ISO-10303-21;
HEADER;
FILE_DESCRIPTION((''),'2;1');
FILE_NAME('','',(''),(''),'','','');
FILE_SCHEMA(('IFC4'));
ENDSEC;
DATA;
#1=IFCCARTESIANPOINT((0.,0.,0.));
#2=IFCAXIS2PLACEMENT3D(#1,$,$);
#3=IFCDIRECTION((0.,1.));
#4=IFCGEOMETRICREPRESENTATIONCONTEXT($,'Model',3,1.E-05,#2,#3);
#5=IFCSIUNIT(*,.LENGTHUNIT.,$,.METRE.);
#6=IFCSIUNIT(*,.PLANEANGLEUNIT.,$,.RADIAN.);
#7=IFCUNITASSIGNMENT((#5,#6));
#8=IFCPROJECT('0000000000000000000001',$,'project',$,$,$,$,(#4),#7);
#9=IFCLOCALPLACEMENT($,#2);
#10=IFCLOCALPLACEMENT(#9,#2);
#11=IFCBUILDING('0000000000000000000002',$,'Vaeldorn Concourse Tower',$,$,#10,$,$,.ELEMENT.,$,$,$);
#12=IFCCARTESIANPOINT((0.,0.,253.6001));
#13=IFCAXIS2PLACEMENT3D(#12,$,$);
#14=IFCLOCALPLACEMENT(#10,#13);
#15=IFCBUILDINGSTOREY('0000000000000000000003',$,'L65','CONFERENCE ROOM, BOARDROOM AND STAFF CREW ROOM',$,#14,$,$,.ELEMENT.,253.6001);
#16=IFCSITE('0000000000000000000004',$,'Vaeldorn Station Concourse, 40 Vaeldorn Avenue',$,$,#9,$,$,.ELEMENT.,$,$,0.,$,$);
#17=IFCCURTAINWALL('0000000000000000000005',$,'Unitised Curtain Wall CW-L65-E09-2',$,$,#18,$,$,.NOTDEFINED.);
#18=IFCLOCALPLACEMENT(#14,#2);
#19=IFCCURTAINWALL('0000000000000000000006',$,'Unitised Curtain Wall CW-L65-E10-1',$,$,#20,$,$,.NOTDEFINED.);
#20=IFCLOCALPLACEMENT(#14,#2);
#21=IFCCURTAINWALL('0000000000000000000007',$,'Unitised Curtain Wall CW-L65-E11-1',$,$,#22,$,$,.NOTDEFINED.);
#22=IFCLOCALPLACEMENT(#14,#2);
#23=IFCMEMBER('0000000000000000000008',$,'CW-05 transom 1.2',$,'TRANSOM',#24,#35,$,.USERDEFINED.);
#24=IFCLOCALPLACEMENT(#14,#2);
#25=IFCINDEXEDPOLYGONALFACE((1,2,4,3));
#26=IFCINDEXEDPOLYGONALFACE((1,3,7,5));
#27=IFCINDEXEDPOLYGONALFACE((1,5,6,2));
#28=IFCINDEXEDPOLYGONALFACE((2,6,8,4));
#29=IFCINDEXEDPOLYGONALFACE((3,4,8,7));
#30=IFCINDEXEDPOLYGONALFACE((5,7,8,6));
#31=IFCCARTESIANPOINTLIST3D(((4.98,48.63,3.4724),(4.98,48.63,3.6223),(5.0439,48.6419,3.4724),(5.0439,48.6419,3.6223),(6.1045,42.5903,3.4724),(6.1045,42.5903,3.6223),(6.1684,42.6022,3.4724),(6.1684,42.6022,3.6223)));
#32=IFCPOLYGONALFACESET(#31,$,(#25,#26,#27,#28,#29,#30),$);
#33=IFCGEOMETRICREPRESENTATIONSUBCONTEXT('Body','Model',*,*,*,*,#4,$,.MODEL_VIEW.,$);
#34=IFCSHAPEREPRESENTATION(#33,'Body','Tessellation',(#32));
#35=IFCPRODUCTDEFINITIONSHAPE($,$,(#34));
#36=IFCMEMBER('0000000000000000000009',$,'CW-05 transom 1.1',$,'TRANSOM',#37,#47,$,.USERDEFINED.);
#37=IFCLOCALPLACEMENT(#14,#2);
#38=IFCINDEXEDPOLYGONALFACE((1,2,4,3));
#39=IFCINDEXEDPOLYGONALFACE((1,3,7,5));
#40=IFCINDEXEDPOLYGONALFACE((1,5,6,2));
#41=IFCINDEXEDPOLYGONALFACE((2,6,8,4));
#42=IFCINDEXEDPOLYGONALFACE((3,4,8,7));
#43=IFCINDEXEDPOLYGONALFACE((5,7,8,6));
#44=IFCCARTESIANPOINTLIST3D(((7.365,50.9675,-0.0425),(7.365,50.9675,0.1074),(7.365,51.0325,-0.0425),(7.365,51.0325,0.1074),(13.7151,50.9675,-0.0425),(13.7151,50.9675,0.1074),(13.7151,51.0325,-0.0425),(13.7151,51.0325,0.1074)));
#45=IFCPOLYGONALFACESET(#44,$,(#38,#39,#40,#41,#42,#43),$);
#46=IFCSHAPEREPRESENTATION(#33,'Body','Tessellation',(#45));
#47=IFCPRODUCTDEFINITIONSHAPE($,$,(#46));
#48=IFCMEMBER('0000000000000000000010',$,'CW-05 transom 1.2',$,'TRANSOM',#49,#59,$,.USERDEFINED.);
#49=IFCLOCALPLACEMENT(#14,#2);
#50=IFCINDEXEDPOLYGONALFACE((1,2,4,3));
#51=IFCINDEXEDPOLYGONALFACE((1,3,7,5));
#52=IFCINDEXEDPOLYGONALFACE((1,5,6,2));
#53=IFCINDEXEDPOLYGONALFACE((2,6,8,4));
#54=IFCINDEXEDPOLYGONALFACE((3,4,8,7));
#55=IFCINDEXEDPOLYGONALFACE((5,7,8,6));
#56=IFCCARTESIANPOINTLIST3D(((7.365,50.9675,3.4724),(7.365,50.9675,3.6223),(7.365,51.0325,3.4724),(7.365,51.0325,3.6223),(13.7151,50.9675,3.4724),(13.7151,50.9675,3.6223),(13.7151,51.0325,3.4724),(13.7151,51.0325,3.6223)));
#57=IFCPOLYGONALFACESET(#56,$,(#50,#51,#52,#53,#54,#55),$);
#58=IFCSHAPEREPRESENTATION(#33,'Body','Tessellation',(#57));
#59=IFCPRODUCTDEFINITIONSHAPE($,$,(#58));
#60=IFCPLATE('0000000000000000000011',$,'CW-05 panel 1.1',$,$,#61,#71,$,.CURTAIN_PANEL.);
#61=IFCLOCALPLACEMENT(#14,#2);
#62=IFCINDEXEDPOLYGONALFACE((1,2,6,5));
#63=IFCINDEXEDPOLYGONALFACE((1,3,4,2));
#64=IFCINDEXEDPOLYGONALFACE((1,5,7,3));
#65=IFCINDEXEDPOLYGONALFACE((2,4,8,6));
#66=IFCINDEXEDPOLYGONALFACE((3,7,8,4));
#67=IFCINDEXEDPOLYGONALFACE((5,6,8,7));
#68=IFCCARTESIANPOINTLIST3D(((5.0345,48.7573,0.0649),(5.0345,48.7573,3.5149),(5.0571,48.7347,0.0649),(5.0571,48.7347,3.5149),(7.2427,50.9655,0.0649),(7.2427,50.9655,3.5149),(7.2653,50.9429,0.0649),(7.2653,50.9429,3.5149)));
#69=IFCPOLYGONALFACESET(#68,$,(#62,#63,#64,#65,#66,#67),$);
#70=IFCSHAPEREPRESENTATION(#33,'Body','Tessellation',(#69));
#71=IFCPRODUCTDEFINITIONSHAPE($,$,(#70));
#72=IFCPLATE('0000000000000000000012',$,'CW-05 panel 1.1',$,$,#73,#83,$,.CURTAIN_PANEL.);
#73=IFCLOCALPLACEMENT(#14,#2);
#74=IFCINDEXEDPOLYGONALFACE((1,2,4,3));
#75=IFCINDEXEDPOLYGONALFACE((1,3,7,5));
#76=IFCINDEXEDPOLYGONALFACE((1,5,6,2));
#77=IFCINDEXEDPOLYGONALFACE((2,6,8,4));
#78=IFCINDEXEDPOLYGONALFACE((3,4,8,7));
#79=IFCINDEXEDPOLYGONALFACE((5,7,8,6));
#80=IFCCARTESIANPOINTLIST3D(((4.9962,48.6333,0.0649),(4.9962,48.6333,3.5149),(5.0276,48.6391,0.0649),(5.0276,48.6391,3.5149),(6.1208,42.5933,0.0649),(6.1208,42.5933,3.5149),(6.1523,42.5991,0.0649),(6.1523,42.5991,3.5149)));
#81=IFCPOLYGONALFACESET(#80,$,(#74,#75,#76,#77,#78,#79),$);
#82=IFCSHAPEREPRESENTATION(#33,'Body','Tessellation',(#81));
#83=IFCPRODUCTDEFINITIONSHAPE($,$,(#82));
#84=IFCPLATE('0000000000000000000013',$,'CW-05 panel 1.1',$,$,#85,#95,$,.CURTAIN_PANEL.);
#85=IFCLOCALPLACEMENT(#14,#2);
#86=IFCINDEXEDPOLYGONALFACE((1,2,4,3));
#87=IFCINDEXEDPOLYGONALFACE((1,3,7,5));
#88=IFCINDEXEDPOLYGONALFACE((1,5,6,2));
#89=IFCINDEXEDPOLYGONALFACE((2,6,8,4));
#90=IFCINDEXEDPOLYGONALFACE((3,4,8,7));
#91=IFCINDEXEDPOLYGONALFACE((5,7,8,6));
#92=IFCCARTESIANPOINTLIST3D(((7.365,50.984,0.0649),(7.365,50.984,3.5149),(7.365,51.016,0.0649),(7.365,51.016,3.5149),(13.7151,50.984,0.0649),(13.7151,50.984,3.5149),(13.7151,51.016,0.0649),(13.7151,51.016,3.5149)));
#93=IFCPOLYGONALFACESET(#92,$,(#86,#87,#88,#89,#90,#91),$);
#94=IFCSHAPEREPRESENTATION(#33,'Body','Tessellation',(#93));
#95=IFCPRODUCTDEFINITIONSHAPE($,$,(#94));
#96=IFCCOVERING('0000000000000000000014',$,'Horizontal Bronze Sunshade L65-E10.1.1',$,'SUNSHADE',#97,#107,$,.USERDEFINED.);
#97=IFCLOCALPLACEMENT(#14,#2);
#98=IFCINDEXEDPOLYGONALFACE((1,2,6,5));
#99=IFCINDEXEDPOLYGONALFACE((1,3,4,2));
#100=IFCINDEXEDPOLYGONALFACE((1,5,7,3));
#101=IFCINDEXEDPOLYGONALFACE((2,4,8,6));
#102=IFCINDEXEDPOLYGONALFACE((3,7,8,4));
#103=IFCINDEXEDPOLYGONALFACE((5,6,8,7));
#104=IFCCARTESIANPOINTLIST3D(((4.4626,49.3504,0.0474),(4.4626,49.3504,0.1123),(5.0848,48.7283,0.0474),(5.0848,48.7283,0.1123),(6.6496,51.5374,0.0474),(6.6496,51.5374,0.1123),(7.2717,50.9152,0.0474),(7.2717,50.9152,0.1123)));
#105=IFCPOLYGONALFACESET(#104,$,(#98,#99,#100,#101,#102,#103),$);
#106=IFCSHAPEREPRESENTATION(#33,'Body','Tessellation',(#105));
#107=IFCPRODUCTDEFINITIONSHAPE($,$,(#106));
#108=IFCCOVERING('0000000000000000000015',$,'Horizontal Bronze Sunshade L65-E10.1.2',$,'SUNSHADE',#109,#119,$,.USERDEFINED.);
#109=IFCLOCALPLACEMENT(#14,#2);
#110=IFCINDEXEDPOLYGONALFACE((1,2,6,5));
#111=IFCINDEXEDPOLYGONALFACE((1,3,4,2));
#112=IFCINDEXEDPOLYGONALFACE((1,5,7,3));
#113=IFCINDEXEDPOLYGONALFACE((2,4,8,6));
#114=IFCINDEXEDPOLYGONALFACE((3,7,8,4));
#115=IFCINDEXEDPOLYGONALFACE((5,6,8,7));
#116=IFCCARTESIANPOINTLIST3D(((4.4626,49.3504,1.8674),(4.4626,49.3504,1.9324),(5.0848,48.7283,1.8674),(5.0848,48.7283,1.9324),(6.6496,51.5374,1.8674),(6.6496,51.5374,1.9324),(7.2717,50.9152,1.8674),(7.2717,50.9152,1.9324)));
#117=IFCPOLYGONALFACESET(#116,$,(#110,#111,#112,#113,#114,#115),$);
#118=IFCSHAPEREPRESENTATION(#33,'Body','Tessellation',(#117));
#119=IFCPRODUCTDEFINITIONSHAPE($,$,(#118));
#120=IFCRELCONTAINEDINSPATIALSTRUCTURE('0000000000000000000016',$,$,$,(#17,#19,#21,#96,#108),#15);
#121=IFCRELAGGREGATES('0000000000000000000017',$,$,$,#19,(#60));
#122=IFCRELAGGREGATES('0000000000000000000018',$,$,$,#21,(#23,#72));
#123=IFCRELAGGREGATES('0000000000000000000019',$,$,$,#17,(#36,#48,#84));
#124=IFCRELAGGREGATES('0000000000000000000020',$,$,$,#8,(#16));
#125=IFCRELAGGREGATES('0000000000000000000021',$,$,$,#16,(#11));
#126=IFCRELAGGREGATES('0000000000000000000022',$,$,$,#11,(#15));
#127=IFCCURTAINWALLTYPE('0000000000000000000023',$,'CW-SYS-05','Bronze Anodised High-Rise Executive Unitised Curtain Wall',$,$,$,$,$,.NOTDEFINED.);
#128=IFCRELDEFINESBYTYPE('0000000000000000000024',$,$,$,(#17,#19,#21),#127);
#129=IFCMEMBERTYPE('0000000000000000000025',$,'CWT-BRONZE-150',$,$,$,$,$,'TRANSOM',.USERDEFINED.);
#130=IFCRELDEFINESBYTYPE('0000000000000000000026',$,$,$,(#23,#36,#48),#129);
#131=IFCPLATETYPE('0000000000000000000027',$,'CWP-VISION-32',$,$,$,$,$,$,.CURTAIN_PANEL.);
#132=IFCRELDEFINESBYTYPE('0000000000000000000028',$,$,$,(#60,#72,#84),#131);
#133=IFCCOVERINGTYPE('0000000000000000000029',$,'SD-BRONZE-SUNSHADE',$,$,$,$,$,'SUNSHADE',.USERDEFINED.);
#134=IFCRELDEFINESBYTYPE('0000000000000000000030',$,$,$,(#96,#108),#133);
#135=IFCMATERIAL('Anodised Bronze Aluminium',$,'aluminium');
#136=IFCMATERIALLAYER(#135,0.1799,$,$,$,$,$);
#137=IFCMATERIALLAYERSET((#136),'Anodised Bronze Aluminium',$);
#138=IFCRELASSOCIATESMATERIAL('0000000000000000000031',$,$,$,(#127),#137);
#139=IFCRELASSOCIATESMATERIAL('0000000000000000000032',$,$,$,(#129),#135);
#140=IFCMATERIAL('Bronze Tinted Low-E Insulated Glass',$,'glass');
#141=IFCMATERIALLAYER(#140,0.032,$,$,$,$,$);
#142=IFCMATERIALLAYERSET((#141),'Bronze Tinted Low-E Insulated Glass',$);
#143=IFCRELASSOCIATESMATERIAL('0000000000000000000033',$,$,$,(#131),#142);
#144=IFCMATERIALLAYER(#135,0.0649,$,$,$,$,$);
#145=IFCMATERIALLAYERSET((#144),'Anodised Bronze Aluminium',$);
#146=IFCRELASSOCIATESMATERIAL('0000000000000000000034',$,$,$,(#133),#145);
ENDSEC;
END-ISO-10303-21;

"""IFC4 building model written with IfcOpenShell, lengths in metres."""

from ifc_helpers import new_model, si_unit, direction, frame, origin, origin_2d, place, context, subcontext, project, spatial, rectangle, extrude, source, transform, mapped, material, layer, layer_set, material_profile, profile_set, type_object, element, aggregate, save


model = new_model("IFC4")

# Units and contexts
model_context = context("Model", 3, precision=1e-05, world=origin(), true_north=direction((0.0, 1.0)))
body_context = subcontext(model_context, "Body", "Model", "MODEL_VIEW")
ifc_project = project(units=[si_unit("LENGTHUNIT", "METRE"), si_unit("PLANEANGLEUNIT", "RADIAN")], contexts=[model_context])

# Site, building, storey
site_placement = place(None, origin())
site = spatial("IfcSite", under=ifc_project, at=site_placement, Name="Vaeldorn Station Concourse, 40 Vaeldorn Avenue", CompositionType="ELEMENT", RefElevation=0.0)
building_placement = place(site_placement, origin())
building = spatial("IfcBuilding", under=site, at=building_placement, Name="Vaeldorn Concourse Tower", CompositionType="ELEMENT")
storey_placement = place(building_placement, frame((0.0, 0.0, 253.6001)))
storey = spatial("IfcBuildingStorey", under=building, at=storey_placement, Name="L65", Description="CONFERENCE ROOM, BOARDROOM AND STAFF CREW ROOM", CompositionType="ELEMENT", Elevation=253.6001)

# Curtain walls
ifc_material_1 = material(Name="Anodised Bronze Aluminium", Category="aluminium")
ifc_layer_1 = layer(ifc_material_1, 0.1799)
ifc_layer_set_1 = layer_set([ifc_layer_1], Name="Anodised Bronze Aluminium")
curtain_wall_type = type_object("IfcCurtainWallType", Name="CW-SYS-05", Description="Bronze Anodised High-Rise Executive Unitised Curtain Wall", PredefinedType="NOTDEFINED", material=ifc_layer_set_1)
curtain_wall_1_placement = place(storey_placement, origin())
curtain_wall_1 = element("IfcCurtainWall", 1, at=curtain_wall_1_placement, inside=storey, type_object=curtain_wall_type, Name="Unitised Curtain Wall CW-L65-E09-2", PredefinedType="NOTDEFINED")
curtain_wall_2_placement = place(storey_placement, origin())
curtain_wall_2 = element("IfcCurtainWall", 2, at=curtain_wall_2_placement, inside=storey, type_object=curtain_wall_type, Name="Unitised Curtain Wall CW-L65-E10-1", PredefinedType="NOTDEFINED")
curtain_wall_3_placement = place(storey_placement, origin())
curtain_wall_3 = element("IfcCurtainWall", 3, at=curtain_wall_3_placement, inside=storey, type_object=curtain_wall_type, Name="Unitised Curtain Wall CW-L65-E11-1", PredefinedType="NOTDEFINED")

# Members
ifc_material_profile_1 = material_profile(ifc_material_1, rectangle(XDim=0.0649, YDim=0.1499, at=origin_2d()), Name="CWT 65x150")
ifc_profile_set_1 = profile_set([ifc_material_profile_1], Name="Anodised Bronze Aluminium")
member_type_1 = type_object("IfcMemberType", Name="CWT-BRONZE-150", ElementType="TRANSOM", PredefinedType="USERDEFINED", material=ifc_profile_set_1)
shared_shape_1 = source(origin(), body_context, "Body", "SweptSolid", [
    extrude(rectangle(XDim=0.0649, YDim=0.1499, at=origin_2d()), origin(), (0.0, 0.0, 1.0), 6.1436),
])
member_1_placement = place(storey_placement, frame((5.012, 48.636, 3.5474), z_axis=(0.183038, -0.983106, 0.0), x_axis=(0.983106, 0.183038, 0.0)))
member_1 = element("IfcMember", 4, at=member_1_placement, type_object=member_type_1, Name="CW-05 transom 1.2", ObjectType="TRANSOM", PredefinedType="USERDEFINED", context=body_context, shape_type="MappedRepresentation", body=[
    mapped(shared_shape_1, transform((0.0, 0.0, 0.0), scale=1.0)),
])
shared_shape_2 = source(origin(), body_context, "Body", "SweptSolid", [
    extrude(rectangle(XDim=0.0649, YDim=0.1499, at=origin_2d()), origin(), (0.0, 0.0, 1.0), 6.3501),
])
member_2_placement = place(storey_placement, frame((13.7151, 51.0, 0.0325), z_axis=(-1.0, 0.0, 0.0), x_axis=(0.0, -1.0, 0.0)))
member_2 = element("IfcMember", 5, at=member_2_placement, type_object=member_type_1, Name="CW-05 transom 1.1", ObjectType="TRANSOM", PredefinedType="USERDEFINED", context=body_context, shape_type="MappedRepresentation", body=[
    mapped(shared_shape_2, transform((0.0, 0.0, 0.0), scale=1.0)),
])
member_3_placement = place(storey_placement, frame((13.7151, 51.0, 3.5474), z_axis=(-1.0, 0.0, 0.0), x_axis=(0.0, -1.0, 0.0)))
member_3 = element("IfcMember", 6, at=member_3_placement, type_object=member_type_1, Name="CW-05 transom 1.2", ObjectType="TRANSOM", PredefinedType="USERDEFINED", context=body_context, shape_type="MappedRepresentation", body=[
    mapped(shared_shape_2, transform((0.0, 0.0, 0.0), scale=1.0)),
])

# Plates
ifc_material_2 = material(Name="Bronze Tinted Low-E Insulated Glass", Category="glass")
ifc_layer_2 = layer(ifc_material_2, 0.032)
ifc_layer_set_2 = layer_set([ifc_layer_2], Name="Bronze Tinted Low-E Insulated Glass")
plate_type = type_object("IfcPlateType", Name="CWP-VISION-32", PredefinedType="CURTAIN_PANEL", material=ifc_layer_set_2)
shared_shape_3 = source(origin(), body_context, "Body", "SweptSolid", [
    extrude(rectangle(XDim=3.1228, YDim=0.032, at=origin_2d()), origin(), (0.0, 0.0, 1.0), 3.45),
])
plate_1_placement = place(storey_placement, frame((6.1499, 49.8501, 0.0649), z_axis=(0.0, 0.0, 1.0), x_axis=(-0.707107, -0.707107, 0.0)))
plate_1 = element("IfcPlate", 7, at=plate_1_placement, type_object=plate_type, Name="CW-05 panel 1.1", PredefinedType="CURTAIN_PANEL", context=body_context, shape_type="MappedRepresentation", body=[
    mapped(shared_shape_3, transform((0.0, 0.0, 0.0), scale=1.0)),
])
aggregate(curtain_wall_2, [plate_1])
shared_shape_4 = source(origin(), body_context, "Body", "SweptSolid", [
    extrude(rectangle(XDim=6.1438, YDim=0.032, at=origin_2d()), origin(), (0.0, 0.0, 1.0), 3.45),
])
plate_2_placement = place(storey_placement, frame((5.5742, 45.6162, 0.0649), z_axis=(0.0, 0.0, 1.0), x_axis=(0.183054, -0.983103, 0.0)))
plate_2 = element("IfcPlate", 8, at=plate_2_placement, type_object=plate_type, Name="CW-05 panel 1.1", PredefinedType="CURTAIN_PANEL", context=body_context, shape_type="MappedRepresentation", body=[
    mapped(shared_shape_4, transform((0.0, 0.0, 0.0), scale=1.0)),
])
aggregate(curtain_wall_3, [member_1, plate_2])
shared_shape_5 = source(origin(), body_context, "Body", "SweptSolid", [
    extrude(rectangle(XDim=6.3501, YDim=0.032, at=origin_2d()), origin(), (0.0, 0.0, 1.0), 3.45),
])
plate_3_placement = place(storey_placement, frame((10.54, 51.0, 0.0649), z_axis=(0.0, 0.0, 1.0), x_axis=(-1.0, 0.0, 0.0)))
plate_3 = element("IfcPlate", 9, at=plate_3_placement, type_object=plate_type, Name="CW-05 panel 1.1", PredefinedType="CURTAIN_PANEL", context=body_context, shape_type="MappedRepresentation", body=[
    mapped(shared_shape_5, transform((0.0, 0.0, 0.0), scale=1.0)),
])
aggregate(curtain_wall_1, [member_2, member_3, plate_3])

# Coverings
ifc_layer_3 = layer(ifc_material_1, 0.0649)
ifc_layer_set_3 = layer_set([ifc_layer_3], Name="Anodised Bronze Aluminium")
covering_type = type_object("IfcCoveringType", Name="SD-BRONZE-SUNSHADE", ElementType="SUNSHADE", PredefinedType="USERDEFINED", material=ifc_layer_set_3)
shared_shape_6 = source(origin(), body_context, "Body", "SweptSolid", [
    extrude(rectangle(XDim=3.0928, YDim=0.8799, at=origin_2d()), origin(), (0.0, 0.0, 1.0), 0.0649),
])
for number, where, z_axis, x_axis, name in (
    (10, (5.8672, 50.1328, 0.0474), (0.0, 0.0, 1.0), (-0.707107, -0.707107, 0.0), "Horizontal Bronze Sunshade L65-E10.1.1"),
    (11, (5.8672, 50.1328, 1.8674), (0.0, 0.0, 1.0), (-0.707107, -0.707107, 0.0), "Horizontal Bronze Sunshade L65-E10.1.2"),
):
    element("IfcCovering", number, at=place(storey_placement, frame(where, z_axis=z_axis, x_axis=x_axis)), inside=storey, type_object=covering_type, Name=name, ObjectType="SUNSHADE", PredefinedType="USERDEFINED", context=body_context, shape_type="MappedRepresentation", body=[
        mapped(shared_shape_6, transform((0.0, 0.0, 0.0), scale=1.0)),
    ])

save(model, "model.ifc")
